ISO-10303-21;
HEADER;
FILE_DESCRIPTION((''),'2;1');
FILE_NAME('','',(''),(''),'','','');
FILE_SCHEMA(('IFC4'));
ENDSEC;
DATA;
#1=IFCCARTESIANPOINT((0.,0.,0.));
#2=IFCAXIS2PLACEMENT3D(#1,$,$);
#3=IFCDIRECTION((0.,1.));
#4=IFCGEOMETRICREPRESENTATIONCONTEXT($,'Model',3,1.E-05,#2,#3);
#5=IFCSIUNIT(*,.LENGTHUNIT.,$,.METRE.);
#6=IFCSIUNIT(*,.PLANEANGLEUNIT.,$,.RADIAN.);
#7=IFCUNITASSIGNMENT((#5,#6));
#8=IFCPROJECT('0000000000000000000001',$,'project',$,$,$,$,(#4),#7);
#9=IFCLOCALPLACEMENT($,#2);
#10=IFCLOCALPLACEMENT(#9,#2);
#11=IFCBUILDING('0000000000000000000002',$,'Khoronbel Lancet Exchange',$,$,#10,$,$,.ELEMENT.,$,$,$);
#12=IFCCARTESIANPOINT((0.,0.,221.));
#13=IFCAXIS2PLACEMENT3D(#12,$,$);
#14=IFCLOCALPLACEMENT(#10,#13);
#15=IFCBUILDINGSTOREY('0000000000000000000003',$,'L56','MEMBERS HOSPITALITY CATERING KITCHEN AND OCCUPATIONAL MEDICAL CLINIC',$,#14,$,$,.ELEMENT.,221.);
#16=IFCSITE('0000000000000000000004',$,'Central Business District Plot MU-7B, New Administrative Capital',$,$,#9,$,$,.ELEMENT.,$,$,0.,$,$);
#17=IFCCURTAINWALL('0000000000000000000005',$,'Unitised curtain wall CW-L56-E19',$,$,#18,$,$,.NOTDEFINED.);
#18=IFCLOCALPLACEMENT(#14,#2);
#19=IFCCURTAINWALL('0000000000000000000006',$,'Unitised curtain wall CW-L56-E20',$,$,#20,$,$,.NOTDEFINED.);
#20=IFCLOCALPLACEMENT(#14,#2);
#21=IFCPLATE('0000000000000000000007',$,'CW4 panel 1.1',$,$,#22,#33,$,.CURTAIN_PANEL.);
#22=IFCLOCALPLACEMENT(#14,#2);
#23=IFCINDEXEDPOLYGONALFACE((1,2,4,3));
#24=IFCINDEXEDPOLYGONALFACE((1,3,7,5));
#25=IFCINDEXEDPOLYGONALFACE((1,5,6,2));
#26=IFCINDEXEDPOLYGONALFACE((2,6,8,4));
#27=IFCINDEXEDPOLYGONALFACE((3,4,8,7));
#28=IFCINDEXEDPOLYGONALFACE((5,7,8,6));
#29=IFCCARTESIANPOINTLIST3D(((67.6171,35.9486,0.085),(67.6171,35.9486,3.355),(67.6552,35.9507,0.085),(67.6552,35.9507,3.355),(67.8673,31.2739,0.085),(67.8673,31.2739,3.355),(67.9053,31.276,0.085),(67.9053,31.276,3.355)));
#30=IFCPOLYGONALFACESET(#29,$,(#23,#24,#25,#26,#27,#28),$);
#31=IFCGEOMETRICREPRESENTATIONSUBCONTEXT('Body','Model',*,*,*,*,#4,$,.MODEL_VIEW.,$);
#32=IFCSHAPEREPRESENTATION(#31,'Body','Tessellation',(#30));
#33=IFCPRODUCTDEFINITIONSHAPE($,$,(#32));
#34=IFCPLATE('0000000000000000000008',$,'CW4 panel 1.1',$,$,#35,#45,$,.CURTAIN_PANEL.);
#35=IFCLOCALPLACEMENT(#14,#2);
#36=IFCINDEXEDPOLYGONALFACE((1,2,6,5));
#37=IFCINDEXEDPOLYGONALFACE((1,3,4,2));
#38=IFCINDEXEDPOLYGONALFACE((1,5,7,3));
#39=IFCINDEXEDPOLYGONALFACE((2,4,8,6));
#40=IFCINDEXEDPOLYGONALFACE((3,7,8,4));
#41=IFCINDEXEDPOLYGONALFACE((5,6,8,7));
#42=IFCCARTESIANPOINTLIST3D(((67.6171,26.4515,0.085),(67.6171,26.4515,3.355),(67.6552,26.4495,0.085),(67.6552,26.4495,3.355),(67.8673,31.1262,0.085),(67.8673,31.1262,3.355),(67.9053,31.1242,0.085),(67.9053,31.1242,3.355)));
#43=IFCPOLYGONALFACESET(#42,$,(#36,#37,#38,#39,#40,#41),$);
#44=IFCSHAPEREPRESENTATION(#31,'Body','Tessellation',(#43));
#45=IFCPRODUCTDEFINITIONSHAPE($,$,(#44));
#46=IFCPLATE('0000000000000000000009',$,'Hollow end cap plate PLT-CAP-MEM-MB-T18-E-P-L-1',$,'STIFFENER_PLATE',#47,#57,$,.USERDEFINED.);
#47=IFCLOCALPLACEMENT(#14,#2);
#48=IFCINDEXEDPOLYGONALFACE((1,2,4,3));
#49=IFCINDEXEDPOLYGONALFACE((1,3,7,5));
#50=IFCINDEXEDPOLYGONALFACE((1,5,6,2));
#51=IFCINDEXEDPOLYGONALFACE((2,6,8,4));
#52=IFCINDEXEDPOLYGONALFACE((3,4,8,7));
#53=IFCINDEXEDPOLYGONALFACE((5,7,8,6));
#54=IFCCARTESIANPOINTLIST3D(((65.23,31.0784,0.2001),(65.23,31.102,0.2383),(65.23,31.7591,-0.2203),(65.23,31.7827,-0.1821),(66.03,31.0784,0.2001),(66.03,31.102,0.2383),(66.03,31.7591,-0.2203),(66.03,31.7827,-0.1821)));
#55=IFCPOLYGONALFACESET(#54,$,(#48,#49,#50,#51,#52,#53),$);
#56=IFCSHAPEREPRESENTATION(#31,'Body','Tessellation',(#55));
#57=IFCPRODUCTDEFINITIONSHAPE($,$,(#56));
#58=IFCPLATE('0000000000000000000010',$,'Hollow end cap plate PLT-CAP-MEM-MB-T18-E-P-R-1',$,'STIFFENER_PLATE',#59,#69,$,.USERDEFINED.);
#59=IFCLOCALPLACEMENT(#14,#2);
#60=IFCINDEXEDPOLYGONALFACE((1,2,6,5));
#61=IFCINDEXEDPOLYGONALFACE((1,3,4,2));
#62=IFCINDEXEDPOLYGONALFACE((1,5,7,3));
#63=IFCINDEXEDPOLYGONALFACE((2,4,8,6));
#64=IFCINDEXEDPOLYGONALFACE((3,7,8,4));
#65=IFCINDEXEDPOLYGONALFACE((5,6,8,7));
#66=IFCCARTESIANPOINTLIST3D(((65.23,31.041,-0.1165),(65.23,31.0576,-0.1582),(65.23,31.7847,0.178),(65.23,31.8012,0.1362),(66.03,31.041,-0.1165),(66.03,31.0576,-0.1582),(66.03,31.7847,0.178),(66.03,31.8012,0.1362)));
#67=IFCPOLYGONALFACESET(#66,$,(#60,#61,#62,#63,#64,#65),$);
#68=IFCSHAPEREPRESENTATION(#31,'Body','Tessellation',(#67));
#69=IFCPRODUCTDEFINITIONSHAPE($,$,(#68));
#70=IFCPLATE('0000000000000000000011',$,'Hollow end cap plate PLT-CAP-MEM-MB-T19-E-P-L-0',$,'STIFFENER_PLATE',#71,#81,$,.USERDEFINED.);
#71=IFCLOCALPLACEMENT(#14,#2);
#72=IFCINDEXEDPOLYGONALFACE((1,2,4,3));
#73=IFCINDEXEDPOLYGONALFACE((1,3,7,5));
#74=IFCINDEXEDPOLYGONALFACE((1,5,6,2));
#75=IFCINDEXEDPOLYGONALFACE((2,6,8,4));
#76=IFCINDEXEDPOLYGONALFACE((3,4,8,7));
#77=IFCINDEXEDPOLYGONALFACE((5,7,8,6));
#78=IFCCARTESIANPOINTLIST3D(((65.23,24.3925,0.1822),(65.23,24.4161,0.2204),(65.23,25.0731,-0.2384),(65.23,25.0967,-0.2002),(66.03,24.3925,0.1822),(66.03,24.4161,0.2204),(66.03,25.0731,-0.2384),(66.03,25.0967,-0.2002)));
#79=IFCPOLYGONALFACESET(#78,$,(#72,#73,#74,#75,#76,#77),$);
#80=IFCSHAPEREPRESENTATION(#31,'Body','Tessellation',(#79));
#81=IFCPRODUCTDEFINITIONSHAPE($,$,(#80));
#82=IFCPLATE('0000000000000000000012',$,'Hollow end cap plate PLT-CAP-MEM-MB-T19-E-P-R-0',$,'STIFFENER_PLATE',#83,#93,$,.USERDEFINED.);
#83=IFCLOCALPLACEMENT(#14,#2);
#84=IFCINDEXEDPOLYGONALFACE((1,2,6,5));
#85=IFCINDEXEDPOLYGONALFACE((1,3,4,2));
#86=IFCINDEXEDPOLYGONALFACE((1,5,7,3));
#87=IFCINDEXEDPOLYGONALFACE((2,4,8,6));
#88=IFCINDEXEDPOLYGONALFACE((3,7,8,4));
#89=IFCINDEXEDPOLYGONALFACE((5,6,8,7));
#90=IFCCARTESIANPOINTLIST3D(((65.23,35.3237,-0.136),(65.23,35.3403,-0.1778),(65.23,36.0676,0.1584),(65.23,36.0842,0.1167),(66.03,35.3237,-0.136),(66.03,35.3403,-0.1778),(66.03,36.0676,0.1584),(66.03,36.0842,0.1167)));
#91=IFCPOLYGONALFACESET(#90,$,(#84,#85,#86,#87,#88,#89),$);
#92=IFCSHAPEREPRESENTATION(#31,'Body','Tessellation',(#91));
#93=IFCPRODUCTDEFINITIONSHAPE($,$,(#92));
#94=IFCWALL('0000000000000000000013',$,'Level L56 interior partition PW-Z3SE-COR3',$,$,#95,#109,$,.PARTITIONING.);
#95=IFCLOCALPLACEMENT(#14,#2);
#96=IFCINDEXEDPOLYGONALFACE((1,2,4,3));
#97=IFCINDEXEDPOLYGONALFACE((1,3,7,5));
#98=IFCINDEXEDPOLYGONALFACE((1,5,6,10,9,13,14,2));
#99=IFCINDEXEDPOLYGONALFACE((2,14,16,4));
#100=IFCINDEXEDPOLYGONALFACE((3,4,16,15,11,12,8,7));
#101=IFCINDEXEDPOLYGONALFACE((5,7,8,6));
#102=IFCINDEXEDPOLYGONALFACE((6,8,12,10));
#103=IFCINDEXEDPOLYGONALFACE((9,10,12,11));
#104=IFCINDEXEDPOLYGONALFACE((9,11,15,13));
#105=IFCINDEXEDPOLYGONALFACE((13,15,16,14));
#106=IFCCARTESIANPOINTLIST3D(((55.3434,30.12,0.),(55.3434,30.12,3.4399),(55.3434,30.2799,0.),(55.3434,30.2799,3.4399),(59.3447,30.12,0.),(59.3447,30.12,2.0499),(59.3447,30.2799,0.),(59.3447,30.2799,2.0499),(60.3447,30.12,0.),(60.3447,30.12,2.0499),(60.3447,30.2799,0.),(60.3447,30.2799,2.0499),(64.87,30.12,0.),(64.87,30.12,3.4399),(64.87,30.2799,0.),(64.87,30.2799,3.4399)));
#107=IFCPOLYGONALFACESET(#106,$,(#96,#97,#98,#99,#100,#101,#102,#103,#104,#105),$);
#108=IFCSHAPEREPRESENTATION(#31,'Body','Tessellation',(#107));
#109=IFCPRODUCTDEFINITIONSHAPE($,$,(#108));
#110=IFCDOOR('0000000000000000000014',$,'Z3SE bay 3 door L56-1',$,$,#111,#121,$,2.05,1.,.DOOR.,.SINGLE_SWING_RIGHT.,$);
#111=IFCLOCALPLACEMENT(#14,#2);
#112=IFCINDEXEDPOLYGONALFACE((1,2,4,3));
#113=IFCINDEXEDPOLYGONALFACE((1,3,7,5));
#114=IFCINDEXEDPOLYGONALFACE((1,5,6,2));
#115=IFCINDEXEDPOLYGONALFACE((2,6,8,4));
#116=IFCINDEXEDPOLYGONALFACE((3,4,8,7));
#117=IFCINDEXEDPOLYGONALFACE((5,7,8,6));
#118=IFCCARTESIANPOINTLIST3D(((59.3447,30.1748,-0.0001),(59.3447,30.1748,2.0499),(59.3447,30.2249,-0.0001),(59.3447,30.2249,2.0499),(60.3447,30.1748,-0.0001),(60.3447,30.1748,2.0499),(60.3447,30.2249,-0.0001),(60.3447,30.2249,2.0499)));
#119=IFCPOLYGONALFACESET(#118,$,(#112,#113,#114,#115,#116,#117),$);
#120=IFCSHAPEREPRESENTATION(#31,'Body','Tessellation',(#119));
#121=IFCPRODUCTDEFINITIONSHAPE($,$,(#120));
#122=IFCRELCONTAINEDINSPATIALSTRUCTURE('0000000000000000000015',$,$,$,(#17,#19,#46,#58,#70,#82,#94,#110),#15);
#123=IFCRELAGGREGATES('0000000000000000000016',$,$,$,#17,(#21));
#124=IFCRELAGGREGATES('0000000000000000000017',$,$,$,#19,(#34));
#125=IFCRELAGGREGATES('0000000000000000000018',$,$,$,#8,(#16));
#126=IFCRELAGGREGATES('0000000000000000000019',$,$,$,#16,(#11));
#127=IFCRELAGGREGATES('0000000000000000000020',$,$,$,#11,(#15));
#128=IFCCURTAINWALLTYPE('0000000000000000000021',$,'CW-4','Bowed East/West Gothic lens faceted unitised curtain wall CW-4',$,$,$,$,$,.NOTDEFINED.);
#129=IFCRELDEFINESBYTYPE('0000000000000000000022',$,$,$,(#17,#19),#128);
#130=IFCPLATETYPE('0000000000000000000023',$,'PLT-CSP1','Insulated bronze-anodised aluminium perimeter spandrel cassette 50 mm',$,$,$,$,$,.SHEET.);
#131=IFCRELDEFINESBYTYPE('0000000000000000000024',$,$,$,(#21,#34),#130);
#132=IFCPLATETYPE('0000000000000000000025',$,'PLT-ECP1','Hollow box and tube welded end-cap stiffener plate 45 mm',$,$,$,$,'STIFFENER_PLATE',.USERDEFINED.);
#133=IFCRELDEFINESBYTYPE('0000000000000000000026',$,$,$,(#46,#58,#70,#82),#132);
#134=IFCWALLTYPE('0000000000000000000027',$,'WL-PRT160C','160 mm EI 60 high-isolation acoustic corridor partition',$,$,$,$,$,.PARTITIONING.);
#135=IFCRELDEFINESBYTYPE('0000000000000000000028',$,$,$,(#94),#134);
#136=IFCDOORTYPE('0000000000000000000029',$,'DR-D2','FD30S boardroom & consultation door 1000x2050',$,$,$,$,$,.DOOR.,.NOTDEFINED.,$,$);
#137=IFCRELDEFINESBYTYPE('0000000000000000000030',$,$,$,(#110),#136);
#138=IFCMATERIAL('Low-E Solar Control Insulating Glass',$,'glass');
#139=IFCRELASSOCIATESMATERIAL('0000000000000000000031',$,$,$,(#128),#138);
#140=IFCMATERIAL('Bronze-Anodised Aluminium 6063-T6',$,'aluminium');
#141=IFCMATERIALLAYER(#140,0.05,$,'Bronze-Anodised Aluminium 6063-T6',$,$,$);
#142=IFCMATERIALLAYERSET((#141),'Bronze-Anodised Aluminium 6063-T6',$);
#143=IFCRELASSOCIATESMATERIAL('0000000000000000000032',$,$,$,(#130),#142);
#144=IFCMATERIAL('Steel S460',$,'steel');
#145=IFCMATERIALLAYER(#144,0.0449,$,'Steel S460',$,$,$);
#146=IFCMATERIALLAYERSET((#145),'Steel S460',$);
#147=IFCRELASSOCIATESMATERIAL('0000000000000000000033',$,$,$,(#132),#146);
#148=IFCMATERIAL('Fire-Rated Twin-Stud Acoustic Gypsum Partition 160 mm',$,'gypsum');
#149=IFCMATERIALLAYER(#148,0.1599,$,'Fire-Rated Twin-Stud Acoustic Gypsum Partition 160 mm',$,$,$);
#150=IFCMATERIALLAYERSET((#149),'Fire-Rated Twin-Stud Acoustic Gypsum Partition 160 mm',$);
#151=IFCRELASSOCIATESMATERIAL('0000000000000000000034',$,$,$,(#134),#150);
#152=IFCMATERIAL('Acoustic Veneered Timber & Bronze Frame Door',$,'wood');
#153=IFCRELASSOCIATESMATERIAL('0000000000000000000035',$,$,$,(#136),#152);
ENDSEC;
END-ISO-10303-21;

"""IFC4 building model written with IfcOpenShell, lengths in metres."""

from ifc_helpers import new_model, si_unit, direction, frame, frame_2d, origin, origin_2d, place, context, subcontext, project, spatial, polyline, rectangle, outline, extrude, material, layer, layer_set, type_object, element, fill, aggregate, save


model = new_model("IFC4")

# Units and contexts
model_context = context("Model", 3, precision=1e-05, world=origin(), true_north=direction((0.0, 1.0)))
body_context = subcontext(model_context, "Body", "Model", "MODEL_VIEW")
ifc_project = project(units=[si_unit("LENGTHUNIT", "METRE"), si_unit("PLANEANGLEUNIT", "RADIAN")], contexts=[model_context])

# Site, building, storey
site_placement = place(None, origin())
site = spatial("IfcSite", under=ifc_project, at=site_placement, Name="Central Business District Plot MU-7B, New Administrative Capital", CompositionType="ELEMENT", RefElevation=0.0)
building_placement = place(site_placement, origin())
building = spatial("IfcBuilding", under=site, at=building_placement, Name="Khoronbel Lancet Exchange", CompositionType="ELEMENT")
storey_placement = place(building_placement, frame((0.0, 0.0, 221.0)))
storey = spatial("IfcBuildingStorey", under=building, at=storey_placement, Name="L56", Description="MEMBERS HOSPITALITY CATERING KITCHEN AND OCCUPATIONAL MEDICAL CLINIC", CompositionType="ELEMENT", Elevation=221.0)

# Curtain wall
ifc_material_1 = material(Name="Low-E Solar Control Insulating Glass", Category="glass")
curtain_wall_type = type_object("IfcCurtainWallType", Name="CW-4", Description="Bowed East/West Gothic lens faceted unitised curtain wall CW-4", PredefinedType="NOTDEFINED", material=ifc_material_1)
curtain_wall_1_placement = place(storey_placement, origin())
curtain_wall_1 = element("IfcCurtainWall", 1, at=curtain_wall_1_placement, inside=storey, type_object=curtain_wall_type, Name="Unitised curtain wall CW-L56-E19", PredefinedType="NOTDEFINED")
ifc_material_2 = material(Name="Bronze-Anodised Aluminium 6063-T6", Category="aluminium")

# Curtain wall
curtain_wall_2_placement = place(storey_placement, origin())
curtain_wall_2 = element("IfcCurtainWall", 2, at=curtain_wall_2_placement, inside=storey, type_object=curtain_wall_type, Name="Unitised curtain wall CW-L56-E20", PredefinedType="NOTDEFINED")

# Shared definitions
ifc_material_3 = material(Name="Steel S460", Category="steel")

# Plates
ifc_layer_1 = layer(ifc_material_2, 0.05, Name="Bronze-Anodised Aluminium 6063-T6")
ifc_layer_set_1 = layer_set([ifc_layer_1], Name="Bronze-Anodised Aluminium 6063-T6")
plate_type_1 = type_object("IfcPlateType", Name="PLT-CSP1", Description="Insulated bronze-anodised aluminium perimeter spandrel cassette 50 mm", PredefinedType="SHEET", material=ifc_layer_set_1)
plate_1_placement = place(storey_placement, frame((67.7612, 33.6123, 0.085), z_axis=(0.0, 0.0, 1.0), x_axis=(0.053443, -0.998571, 0.0)))
plate_1 = element("IfcPlate", 3, at=plate_1_placement, type_object=plate_type_1, Name="CW4 panel 1.1", PredefinedType="CURTAIN_PANEL", context=body_context, shape_type="SweptSolid", body=[
    extrude(rectangle(XDim=4.6814, YDim=0.0381, at=origin_2d()), origin(), (0.0, 0.0, 1.0), 3.27),
])
aggregate(curtain_wall_1, [plate_1])
plate_2_placement = place(storey_placement, frame((67.7612, 28.7878, 0.085), z_axis=(0.0, 0.0, 1.0), x_axis=(-0.053443, -0.998571, 0.0)))
plate_2 = element("IfcPlate", 4, at=plate_2_placement, type_object=plate_type_1, Name="CW4 panel 1.1", PredefinedType="CURTAIN_PANEL", context=body_context, shape_type="SweptSolid", body=[
    extrude(rectangle(XDim=4.6814, YDim=0.0381, at=origin_2d()), origin(), (0.0, 0.0, 1.0), 3.27),
])
aggregate(curtain_wall_2, [plate_2])

# Plates
ifc_layer_2 = layer(ifc_material_3, 0.0449, Name="Steel S460")
ifc_layer_set_2 = layer_set([ifc_layer_2], Name="Steel S460")
plate_type_2 = type_object("IfcPlateType", Name="PLT-ECP1", Description="Hollow box and tube welded end-cap stiffener plate 45 mm", ElementType="STIFFENER_PLATE", PredefinedType="USERDEFINED", material=ifc_layer_set_2)
plate_3_placement = place(storey_placement, frame((66.03, 31.7827, -0.1821), z_axis=(0.0, 0.525493, 0.850798), x_axis=(-1.0, 0.0, 0.0)))
element("IfcPlate", 5, at=plate_3_placement, inside=storey, type_object=plate_type_2, Name="Hollow end cap plate PLT-CAP-MEM-MB-T18-E-P-L-1", ObjectType="STIFFENER_PLATE", PredefinedType="USERDEFINED", context=body_context, shape_type="SweptSolid", body=[
    extrude(outline(polyline([(0.0, 0.0), (0.8, 0.0), (0.8, 0.8), (0.0, 0.8), (0.0, 0.0)])), origin(), (0.0, 0.0, -1.0), 0.0449),
])
plate_4_placement = place(storey_placement, frame((65.23, 31.041, -0.1165), z_axis=(0.0, -0.368125, 0.929776), x_axis=(1.0, 0.0, 0.0)))
element("IfcPlate", 6, at=plate_4_placement, inside=storey, type_object=plate_type_2, Name="Hollow end cap plate PLT-CAP-MEM-MB-T18-E-P-R-1", ObjectType="STIFFENER_PLATE", PredefinedType="USERDEFINED", context=body_context, shape_type="SweptSolid", body=[
    extrude(outline(polyline([(0.0, 0.0), (0.8, 0.0), (0.8, 0.7998), (0.0, 0.7998), (0.0, 0.0)])), origin(), (0.0, 0.0, -1.0), 0.0449),
])
for number, where, z_axis, x_axis, name in (
    (7, (66.03, 25.0967, -0.2002), (0.0, 0.525714, 0.850662), (-1.0, 0.0, 0.0), "Hollow end cap plate PLT-CAP-MEM-MB-T19-E-P-L-0"),
    (8, (65.23, 35.3237, -0.136), (0.0, -0.368021, 0.929817), (1.0, 0.0, 0.0), "Hollow end cap plate PLT-CAP-MEM-MB-T19-E-P-R-0"),
):
    element("IfcPlate", number, at=place(storey_placement, frame(where, z_axis=z_axis, x_axis=x_axis)), inside=storey, type_object=plate_type_2, Name=name, ObjectType="STIFFENER_PLATE", PredefinedType="USERDEFINED", context=body_context, shape_type="SweptSolid", body=[
        extrude(outline(polyline([(0.0, 0.0), (0.8, 0.0), (0.8, 0.8), (0.0, 0.8), (0.0, 0.0)])), origin(), (0.0, 0.0, -1.0), 0.0449),
    ])

# Wall, opening, door
ifc_material_4 = material(Name="Fire-Rated Twin-Stud Acoustic Gypsum Partition 160 mm", Category="gypsum")
ifc_layer_3 = layer(ifc_material_4, 0.1599, Name="Fire-Rated Twin-Stud Acoustic Gypsum Partition 160 mm")
ifc_layer_set_3 = layer_set([ifc_layer_3], Name="Fire-Rated Twin-Stud Acoustic Gypsum Partition 160 mm")
wall_type = type_object("IfcWallType", Name="WL-PRT160C", Description="160 mm EI 60 high-isolation acoustic corridor partition", PredefinedType="PARTITIONING", material=ifc_layer_set_3)
wall_placement = place(storey_placement, frame((55.3435, 30.2, 0.0), z_axis=(0.0, 0.0, 1.0), x_axis=(1.0, 0.0, 0.0)))
wall = element("IfcWall", 9, at=wall_placement, inside=storey, type_object=wall_type, Name="Level L56 interior partition PW-Z3SE-COR3", PredefinedType="PARTITIONING", context=body_context, shape_type="SweptSolid", body=[
    extrude(rectangle(XDim=9.5266, YDim=0.1599, at=frame_2d((4.7632, 0.0))), origin(), (0.0, 0.0, 1.0), 3.4399),
])
opening_placement = place(wall_placement, frame((4.0012, 0.0, 0.0)))
opening = element("IfcOpeningElement", 10, at=opening_placement, cuts=wall, PredefinedType="OPENING", context=body_context, shape_type="SweptSolid", body=[
    extrude(rectangle(XDim=1.0, YDim=2.05, at=frame_2d((0.5, 1.0249))), frame((0.0, 0.0898, 0.0), z_axis=(0.0, -1.0, 0.0), x_axis=(1.0, 0.0, 0.0)), (0.0, 0.0, 1.0), 0.1799),
])
ifc_material_5 = material(Name="Acoustic Veneered Timber & Bronze Frame Door", Category="wood")
door_type = type_object("IfcDoorType", Name="DR-D2", Description="FD30S boardroom & consultation door 1000x2050", OperationType="NOTDEFINED", PredefinedType="DOOR", material=ifc_material_5)
door_placement = place(opening_placement, origin())
door = element("IfcDoor", 11, at=door_placement, inside=storey, type_object=door_type, Name="Z3SE bay 3 door L56-1", OperationType="SINGLE_SWING_RIGHT", OverallHeight=2.05, OverallWidth=1.0, PredefinedType="DOOR", context=body_context, shape_type="SweptSolid", body=[
    extrude(rectangle(XDim=1.0, YDim=2.05, at=frame_2d((0.5, 1.0249))), frame((0.0, 0.0249, 0.0), z_axis=(0.0, -1.0, 0.0), x_axis=(1.0, 0.0, 0.0)), (0.0, 0.0, 1.0), 0.05),
])
fill(opening, door)

save(model, "model.ifc")
